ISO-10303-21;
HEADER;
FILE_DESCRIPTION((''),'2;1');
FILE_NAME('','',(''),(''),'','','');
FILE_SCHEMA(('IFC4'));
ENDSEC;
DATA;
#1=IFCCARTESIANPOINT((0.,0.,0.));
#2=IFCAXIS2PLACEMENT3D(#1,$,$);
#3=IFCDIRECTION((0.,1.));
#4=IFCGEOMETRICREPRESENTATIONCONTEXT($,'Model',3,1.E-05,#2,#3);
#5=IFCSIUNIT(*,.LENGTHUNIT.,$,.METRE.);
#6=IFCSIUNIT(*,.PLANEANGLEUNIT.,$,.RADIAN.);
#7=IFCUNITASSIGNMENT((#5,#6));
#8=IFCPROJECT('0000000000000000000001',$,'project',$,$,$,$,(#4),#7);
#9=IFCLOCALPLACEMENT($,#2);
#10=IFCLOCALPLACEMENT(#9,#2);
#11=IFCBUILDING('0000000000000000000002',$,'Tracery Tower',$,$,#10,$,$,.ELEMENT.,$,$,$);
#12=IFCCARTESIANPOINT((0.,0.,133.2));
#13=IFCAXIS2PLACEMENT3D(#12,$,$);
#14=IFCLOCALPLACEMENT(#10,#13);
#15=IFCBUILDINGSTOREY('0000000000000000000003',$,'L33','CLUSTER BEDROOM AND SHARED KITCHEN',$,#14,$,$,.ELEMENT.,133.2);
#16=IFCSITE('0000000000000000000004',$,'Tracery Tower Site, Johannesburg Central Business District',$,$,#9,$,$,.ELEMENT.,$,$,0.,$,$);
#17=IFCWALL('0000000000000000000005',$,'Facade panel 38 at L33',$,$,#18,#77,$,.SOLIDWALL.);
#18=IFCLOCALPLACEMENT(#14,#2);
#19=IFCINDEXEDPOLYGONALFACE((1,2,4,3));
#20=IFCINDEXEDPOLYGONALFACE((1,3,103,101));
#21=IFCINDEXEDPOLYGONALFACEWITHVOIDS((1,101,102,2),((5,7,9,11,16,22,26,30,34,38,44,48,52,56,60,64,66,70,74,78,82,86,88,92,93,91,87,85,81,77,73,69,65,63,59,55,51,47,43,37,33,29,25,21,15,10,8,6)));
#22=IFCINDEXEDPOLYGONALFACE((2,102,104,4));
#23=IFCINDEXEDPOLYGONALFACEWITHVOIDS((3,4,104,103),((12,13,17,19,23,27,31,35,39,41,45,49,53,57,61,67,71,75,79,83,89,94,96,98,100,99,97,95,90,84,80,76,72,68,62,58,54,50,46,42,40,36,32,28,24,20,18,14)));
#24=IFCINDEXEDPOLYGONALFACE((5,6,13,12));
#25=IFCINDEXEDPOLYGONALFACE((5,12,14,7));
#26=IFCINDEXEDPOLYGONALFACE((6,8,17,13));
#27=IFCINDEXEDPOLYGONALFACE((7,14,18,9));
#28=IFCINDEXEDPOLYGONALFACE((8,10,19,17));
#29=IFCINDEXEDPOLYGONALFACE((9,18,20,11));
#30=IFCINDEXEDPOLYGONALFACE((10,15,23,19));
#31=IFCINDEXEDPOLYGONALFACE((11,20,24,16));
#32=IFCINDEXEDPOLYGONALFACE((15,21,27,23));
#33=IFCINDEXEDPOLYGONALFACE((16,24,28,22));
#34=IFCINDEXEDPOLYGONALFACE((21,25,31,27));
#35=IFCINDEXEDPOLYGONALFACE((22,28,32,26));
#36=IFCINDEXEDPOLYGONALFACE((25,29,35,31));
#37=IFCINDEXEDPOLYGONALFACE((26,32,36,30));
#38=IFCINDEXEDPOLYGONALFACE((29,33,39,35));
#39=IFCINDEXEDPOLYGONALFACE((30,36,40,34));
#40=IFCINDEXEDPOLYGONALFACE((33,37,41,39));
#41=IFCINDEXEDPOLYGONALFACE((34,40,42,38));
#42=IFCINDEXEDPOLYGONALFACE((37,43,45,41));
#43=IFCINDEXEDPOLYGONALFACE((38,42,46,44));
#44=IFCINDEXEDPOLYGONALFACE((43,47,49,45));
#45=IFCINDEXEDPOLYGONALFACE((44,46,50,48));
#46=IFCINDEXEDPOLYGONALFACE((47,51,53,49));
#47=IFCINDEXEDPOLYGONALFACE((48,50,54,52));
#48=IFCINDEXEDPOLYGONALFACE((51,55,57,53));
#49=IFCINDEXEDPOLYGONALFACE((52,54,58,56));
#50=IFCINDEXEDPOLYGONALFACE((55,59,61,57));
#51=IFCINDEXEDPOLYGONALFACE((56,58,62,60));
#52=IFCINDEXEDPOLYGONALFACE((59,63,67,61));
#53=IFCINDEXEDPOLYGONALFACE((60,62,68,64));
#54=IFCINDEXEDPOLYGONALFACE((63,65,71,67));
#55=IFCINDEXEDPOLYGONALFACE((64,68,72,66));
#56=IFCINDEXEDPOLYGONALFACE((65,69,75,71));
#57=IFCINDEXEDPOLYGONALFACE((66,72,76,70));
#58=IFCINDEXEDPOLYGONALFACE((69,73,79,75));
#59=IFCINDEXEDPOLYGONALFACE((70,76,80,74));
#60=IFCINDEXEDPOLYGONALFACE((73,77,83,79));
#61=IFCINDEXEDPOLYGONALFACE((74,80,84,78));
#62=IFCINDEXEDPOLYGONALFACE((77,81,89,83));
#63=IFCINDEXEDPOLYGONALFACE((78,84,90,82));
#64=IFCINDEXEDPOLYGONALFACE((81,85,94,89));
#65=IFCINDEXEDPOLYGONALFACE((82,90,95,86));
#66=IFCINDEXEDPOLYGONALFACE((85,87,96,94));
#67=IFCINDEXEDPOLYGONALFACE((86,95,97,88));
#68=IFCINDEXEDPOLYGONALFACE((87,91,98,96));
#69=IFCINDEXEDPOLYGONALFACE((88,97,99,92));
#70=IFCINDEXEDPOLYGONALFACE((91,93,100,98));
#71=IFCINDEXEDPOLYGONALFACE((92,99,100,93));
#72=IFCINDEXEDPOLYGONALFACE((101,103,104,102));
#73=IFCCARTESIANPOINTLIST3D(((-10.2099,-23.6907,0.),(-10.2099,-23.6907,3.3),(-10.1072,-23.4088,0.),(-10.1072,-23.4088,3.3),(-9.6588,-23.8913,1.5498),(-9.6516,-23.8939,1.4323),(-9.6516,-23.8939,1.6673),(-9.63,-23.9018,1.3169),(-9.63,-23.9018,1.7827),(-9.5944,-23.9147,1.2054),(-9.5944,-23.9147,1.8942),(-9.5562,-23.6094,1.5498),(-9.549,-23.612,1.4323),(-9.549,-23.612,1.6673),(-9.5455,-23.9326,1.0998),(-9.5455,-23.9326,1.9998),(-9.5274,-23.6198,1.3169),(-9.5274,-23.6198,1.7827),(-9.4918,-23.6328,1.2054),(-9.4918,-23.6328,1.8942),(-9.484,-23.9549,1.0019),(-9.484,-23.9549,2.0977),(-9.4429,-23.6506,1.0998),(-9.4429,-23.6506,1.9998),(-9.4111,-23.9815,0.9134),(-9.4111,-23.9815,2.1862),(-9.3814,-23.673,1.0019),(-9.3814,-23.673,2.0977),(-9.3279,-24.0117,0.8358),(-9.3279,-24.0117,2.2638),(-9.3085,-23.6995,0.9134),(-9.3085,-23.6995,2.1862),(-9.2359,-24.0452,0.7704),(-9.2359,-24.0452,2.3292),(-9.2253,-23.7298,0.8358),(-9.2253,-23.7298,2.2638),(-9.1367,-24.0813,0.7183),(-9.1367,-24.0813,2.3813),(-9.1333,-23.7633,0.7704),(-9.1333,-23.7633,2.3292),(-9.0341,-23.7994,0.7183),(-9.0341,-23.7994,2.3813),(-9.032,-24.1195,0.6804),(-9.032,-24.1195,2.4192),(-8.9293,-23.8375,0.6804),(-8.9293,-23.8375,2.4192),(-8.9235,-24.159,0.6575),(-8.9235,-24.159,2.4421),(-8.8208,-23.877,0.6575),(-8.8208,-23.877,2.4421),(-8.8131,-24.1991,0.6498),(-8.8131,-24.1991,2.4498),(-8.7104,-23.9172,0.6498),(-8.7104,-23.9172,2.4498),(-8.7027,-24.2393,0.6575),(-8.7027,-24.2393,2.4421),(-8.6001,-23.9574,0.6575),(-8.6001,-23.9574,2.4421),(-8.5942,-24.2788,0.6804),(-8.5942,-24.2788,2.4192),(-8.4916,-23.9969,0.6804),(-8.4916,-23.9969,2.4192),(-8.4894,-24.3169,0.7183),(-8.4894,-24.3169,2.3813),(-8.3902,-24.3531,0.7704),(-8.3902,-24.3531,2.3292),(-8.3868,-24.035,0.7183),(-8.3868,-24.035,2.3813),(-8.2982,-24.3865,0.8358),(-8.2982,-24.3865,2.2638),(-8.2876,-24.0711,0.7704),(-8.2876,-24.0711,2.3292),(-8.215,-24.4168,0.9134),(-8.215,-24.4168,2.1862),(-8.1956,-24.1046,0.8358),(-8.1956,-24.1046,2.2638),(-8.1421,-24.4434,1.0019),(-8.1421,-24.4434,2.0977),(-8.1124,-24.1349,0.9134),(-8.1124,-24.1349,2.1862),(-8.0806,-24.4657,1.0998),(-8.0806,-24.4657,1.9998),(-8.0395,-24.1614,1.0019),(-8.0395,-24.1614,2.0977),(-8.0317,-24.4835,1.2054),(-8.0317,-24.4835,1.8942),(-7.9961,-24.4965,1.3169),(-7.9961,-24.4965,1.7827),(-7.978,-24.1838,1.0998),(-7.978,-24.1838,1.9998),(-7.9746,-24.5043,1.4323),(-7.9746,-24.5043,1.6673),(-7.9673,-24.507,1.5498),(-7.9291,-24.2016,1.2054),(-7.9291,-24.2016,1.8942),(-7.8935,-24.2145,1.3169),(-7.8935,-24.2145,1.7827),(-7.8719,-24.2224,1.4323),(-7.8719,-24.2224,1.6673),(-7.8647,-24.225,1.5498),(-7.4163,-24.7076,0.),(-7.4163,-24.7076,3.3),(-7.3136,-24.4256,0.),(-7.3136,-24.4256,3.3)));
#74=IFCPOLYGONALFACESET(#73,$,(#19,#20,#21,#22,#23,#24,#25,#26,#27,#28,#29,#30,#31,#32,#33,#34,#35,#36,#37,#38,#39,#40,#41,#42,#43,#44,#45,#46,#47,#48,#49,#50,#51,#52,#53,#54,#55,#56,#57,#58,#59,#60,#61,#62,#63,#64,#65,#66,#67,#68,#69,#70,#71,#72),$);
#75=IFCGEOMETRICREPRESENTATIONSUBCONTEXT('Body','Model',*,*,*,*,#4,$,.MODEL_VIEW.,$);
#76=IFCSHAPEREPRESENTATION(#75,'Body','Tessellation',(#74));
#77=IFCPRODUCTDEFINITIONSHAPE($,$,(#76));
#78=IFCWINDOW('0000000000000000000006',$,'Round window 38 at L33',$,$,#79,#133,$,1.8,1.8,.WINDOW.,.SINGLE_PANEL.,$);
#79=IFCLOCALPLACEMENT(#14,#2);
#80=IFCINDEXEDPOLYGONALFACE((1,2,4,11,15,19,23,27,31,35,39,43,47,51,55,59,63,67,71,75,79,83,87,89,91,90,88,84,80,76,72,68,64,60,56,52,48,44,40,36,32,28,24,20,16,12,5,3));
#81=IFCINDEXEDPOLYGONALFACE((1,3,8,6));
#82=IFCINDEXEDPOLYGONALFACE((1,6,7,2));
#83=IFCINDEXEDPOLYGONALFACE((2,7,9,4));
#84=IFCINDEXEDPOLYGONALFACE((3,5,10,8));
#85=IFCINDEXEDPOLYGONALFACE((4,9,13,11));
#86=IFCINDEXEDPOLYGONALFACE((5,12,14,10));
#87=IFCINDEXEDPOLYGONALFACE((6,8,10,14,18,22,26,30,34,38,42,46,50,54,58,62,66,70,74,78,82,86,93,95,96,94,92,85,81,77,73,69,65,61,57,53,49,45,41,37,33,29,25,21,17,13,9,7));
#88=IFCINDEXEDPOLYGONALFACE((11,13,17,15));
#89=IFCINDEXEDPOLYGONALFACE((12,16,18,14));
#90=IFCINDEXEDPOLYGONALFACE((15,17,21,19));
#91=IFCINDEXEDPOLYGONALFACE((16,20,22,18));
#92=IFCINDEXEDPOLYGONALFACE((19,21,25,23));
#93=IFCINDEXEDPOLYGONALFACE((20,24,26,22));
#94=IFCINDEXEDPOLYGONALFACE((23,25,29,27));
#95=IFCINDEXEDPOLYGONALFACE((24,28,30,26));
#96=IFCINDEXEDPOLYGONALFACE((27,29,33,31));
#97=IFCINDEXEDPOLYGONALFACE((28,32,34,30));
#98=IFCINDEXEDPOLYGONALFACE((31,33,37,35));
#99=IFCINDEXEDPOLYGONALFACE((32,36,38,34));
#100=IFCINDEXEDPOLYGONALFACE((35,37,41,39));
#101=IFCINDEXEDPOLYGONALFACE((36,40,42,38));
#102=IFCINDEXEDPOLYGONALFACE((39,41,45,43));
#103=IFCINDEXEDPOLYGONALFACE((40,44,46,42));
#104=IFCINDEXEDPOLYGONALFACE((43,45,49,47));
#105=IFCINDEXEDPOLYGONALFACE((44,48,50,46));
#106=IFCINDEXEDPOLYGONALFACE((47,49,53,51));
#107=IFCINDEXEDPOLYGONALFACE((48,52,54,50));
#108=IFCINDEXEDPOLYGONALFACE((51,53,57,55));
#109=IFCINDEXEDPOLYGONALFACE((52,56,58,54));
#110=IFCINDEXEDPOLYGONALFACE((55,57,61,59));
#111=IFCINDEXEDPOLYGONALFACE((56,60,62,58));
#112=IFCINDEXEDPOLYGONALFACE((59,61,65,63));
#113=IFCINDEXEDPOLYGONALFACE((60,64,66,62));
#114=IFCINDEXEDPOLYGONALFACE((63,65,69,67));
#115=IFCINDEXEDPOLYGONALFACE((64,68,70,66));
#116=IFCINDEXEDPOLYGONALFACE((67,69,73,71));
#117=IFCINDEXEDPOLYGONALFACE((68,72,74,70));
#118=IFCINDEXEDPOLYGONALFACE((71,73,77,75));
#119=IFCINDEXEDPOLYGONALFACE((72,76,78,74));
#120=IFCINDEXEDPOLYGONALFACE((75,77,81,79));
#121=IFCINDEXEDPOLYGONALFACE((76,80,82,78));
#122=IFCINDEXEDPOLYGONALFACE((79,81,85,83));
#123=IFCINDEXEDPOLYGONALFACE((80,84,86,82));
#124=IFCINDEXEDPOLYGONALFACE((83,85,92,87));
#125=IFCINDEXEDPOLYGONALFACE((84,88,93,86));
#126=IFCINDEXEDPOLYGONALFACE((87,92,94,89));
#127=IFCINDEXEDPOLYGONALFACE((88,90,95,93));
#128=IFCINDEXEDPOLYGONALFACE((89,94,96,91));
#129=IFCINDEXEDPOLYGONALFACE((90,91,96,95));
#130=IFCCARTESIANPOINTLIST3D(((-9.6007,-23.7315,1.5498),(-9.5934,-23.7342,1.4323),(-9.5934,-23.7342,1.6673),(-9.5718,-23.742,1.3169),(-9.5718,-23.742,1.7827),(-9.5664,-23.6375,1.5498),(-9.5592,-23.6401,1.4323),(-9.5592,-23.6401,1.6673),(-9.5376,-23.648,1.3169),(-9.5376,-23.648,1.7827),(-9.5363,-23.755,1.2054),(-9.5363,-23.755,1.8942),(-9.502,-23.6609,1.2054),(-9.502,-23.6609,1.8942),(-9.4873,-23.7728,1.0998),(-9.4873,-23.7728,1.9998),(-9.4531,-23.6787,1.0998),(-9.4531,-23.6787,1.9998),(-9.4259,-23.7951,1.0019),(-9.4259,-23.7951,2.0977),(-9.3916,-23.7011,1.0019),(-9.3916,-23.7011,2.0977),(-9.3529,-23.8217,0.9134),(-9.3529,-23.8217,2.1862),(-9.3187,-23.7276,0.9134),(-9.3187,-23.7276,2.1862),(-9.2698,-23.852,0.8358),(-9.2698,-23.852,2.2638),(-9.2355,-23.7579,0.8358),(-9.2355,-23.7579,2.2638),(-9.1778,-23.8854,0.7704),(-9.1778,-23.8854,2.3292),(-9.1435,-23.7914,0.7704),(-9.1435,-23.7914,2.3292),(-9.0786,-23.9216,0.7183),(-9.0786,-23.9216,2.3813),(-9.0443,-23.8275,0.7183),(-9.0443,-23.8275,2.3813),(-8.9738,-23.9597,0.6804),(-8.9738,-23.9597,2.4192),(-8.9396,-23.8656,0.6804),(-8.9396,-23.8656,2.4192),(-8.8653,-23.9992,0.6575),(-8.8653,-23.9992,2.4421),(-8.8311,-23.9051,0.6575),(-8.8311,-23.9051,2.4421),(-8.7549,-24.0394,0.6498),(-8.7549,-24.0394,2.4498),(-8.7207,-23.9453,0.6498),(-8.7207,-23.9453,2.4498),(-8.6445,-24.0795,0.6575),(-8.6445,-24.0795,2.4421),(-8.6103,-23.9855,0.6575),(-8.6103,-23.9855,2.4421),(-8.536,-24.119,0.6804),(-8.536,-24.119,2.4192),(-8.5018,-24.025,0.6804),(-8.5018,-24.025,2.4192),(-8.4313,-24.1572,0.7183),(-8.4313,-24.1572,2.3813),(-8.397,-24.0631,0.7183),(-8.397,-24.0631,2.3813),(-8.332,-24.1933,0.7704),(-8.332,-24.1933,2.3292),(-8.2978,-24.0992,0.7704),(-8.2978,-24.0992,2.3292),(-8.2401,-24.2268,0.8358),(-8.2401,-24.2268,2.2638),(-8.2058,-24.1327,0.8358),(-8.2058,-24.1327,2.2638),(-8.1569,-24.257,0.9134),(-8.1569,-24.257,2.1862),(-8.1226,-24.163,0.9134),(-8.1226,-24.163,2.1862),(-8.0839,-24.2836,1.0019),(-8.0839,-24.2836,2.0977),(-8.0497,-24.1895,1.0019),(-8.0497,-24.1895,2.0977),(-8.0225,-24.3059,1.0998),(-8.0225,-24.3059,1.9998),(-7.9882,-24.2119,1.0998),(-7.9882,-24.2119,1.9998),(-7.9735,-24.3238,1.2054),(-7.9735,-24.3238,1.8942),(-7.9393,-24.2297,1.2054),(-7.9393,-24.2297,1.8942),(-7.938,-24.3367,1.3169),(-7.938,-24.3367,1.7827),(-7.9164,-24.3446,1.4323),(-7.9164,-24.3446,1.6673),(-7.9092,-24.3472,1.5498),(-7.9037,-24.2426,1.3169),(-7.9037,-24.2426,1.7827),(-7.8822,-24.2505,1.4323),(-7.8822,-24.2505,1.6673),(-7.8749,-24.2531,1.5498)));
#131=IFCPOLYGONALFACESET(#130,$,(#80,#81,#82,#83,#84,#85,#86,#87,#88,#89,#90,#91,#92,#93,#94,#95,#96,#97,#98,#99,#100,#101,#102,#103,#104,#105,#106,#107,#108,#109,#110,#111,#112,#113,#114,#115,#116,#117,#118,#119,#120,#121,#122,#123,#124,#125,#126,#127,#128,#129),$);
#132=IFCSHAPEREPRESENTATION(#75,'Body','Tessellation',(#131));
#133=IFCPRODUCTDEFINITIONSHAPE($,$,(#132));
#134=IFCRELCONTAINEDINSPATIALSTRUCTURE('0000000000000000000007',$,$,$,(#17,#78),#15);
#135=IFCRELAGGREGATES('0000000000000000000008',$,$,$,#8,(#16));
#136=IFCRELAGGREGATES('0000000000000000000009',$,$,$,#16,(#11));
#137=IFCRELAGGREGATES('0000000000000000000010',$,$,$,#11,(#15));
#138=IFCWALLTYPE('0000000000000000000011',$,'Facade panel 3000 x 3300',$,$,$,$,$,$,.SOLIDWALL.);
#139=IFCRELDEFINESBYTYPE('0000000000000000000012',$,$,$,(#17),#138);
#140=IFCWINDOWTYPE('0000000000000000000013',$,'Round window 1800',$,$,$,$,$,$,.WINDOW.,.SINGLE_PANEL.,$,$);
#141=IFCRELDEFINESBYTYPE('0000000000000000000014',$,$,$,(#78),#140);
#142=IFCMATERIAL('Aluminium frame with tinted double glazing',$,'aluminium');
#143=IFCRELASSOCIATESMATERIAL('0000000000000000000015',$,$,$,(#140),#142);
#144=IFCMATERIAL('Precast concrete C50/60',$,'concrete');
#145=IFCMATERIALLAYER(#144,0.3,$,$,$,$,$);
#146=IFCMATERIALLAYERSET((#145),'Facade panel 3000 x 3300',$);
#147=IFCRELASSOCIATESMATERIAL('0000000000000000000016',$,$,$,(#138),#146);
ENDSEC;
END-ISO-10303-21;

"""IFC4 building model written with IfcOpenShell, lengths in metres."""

from ifc_helpers import new_model, si_unit, direction, frame, frame_2d, origin, origin_2d, place, context, subcontext, project, spatial, rectangle, circle, extrude, material, layer, layer_set, type_object, element, fill, save


model = new_model("IFC4")

# Units and contexts
model_context = context("Model", 3, precision=1e-05, world=origin(), true_north=direction((0.0, 1.0)))
body_context = subcontext(model_context, "Body", "Model", "MODEL_VIEW")
ifc_project = project(units=[si_unit("LENGTHUNIT", "METRE"), si_unit("PLANEANGLEUNIT", "RADIAN")], contexts=[model_context])

# Site, building, storey
site_placement = place(None, origin())
site = spatial("IfcSite", under=ifc_project, at=site_placement, Name="Tracery Tower Site, Johannesburg Central Business District", CompositionType="ELEMENT", RefElevation=0.0)
building_placement = place(site_placement, origin())
building = spatial("IfcBuilding", under=site, at=building_placement, Name="Tracery Tower", CompositionType="ELEMENT")
storey_placement = place(building_placement, frame((0.0, 0.0, 133.2)))
storey = spatial("IfcBuildingStorey", under=building, at=storey_placement, Name="L33", Description="CLUSTER BEDROOM AND SHARED KITCHEN", CompositionType="ELEMENT", Elevation=133.2)

# Wall, opening, window
ifc_material_1 = material(Name="Aluminium frame with tinted double glazing", Category="aluminium")
window_type = type_object("IfcWindowType", Name="Round window 1800", PartitioningType="SINGLE_PANEL", PredefinedType="WINDOW", material=ifc_material_1)
ifc_material_2 = material(Name="Precast concrete C50/60", Category="concrete")
ifc_layer_1 = layer(ifc_material_2, 0.3)
ifc_layer_set_1 = layer_set([ifc_layer_1], Name="Facade panel 3000 x 3300")
wall_type_1 = type_object("IfcWallType", Name="Facade panel 3000 x 3300", PredefinedType="SOLIDWALL", material=ifc_layer_set_1)
wall_1_placement = place(storey_placement, frame((-10.1584, -23.5498, 0.0), z_axis=(0.0, 0.0, 1.0), x_axis=(0.93969, -0.342027, 0.0)))
wall_1 = element("IfcWall", 1, at=wall_1_placement, inside=storey, type_object=wall_type_1, Name="Facade panel 38 at L33", PredefinedType="SOLIDWALL", context=body_context, shape_type="SweptSolid", body=[
    extrude(rectangle(XDim=2.9729, YDim=0.3, at=frame_2d((1.4863, 0.0))), origin(), (0.0, 0.0, 1.0), 3.3),
])
opening_1_placement = place(wall_1_placement, frame((1.4863, 0.0, 1.5498)))
opening_1 = element("IfcOpeningElement", 2, at=opening_1_placement, cuts=wall_1, PredefinedType="OPENING", context=body_context, shape_type="SweptSolid", body=[
    extrude(circle(Radius=0.9, at=origin_2d()), frame((0.0, 0.1599, 0.0), z_axis=(0.0, -1.0, 0.0), x_axis=(1.0, 0.0, 0.0)), (0.0, 0.0, 1.0), 0.3201),
])
window_1_placement = place(opening_1_placement, origin())
window_1 = element("IfcWindow", 3, at=window_1_placement, inside=storey, type_object=window_type, Name="Round window 38 at L33", OverallHeight=1.8, OverallWidth=1.8, PartitioningType="SINGLE_PANEL", PredefinedType="WINDOW", context=body_context, shape_type="SweptSolid", body=[
    extrude(circle(Radius=0.9, at=origin_2d()), frame((0.0, 0.1201, 0.0), z_axis=(0.0, -1.0, 0.0), x_axis=(1.0, 0.0, 0.0)), (0.0, 0.0, 1.0), 0.1001),
])
fill(opening_1, window_1)

save(model, "model.ifc")
